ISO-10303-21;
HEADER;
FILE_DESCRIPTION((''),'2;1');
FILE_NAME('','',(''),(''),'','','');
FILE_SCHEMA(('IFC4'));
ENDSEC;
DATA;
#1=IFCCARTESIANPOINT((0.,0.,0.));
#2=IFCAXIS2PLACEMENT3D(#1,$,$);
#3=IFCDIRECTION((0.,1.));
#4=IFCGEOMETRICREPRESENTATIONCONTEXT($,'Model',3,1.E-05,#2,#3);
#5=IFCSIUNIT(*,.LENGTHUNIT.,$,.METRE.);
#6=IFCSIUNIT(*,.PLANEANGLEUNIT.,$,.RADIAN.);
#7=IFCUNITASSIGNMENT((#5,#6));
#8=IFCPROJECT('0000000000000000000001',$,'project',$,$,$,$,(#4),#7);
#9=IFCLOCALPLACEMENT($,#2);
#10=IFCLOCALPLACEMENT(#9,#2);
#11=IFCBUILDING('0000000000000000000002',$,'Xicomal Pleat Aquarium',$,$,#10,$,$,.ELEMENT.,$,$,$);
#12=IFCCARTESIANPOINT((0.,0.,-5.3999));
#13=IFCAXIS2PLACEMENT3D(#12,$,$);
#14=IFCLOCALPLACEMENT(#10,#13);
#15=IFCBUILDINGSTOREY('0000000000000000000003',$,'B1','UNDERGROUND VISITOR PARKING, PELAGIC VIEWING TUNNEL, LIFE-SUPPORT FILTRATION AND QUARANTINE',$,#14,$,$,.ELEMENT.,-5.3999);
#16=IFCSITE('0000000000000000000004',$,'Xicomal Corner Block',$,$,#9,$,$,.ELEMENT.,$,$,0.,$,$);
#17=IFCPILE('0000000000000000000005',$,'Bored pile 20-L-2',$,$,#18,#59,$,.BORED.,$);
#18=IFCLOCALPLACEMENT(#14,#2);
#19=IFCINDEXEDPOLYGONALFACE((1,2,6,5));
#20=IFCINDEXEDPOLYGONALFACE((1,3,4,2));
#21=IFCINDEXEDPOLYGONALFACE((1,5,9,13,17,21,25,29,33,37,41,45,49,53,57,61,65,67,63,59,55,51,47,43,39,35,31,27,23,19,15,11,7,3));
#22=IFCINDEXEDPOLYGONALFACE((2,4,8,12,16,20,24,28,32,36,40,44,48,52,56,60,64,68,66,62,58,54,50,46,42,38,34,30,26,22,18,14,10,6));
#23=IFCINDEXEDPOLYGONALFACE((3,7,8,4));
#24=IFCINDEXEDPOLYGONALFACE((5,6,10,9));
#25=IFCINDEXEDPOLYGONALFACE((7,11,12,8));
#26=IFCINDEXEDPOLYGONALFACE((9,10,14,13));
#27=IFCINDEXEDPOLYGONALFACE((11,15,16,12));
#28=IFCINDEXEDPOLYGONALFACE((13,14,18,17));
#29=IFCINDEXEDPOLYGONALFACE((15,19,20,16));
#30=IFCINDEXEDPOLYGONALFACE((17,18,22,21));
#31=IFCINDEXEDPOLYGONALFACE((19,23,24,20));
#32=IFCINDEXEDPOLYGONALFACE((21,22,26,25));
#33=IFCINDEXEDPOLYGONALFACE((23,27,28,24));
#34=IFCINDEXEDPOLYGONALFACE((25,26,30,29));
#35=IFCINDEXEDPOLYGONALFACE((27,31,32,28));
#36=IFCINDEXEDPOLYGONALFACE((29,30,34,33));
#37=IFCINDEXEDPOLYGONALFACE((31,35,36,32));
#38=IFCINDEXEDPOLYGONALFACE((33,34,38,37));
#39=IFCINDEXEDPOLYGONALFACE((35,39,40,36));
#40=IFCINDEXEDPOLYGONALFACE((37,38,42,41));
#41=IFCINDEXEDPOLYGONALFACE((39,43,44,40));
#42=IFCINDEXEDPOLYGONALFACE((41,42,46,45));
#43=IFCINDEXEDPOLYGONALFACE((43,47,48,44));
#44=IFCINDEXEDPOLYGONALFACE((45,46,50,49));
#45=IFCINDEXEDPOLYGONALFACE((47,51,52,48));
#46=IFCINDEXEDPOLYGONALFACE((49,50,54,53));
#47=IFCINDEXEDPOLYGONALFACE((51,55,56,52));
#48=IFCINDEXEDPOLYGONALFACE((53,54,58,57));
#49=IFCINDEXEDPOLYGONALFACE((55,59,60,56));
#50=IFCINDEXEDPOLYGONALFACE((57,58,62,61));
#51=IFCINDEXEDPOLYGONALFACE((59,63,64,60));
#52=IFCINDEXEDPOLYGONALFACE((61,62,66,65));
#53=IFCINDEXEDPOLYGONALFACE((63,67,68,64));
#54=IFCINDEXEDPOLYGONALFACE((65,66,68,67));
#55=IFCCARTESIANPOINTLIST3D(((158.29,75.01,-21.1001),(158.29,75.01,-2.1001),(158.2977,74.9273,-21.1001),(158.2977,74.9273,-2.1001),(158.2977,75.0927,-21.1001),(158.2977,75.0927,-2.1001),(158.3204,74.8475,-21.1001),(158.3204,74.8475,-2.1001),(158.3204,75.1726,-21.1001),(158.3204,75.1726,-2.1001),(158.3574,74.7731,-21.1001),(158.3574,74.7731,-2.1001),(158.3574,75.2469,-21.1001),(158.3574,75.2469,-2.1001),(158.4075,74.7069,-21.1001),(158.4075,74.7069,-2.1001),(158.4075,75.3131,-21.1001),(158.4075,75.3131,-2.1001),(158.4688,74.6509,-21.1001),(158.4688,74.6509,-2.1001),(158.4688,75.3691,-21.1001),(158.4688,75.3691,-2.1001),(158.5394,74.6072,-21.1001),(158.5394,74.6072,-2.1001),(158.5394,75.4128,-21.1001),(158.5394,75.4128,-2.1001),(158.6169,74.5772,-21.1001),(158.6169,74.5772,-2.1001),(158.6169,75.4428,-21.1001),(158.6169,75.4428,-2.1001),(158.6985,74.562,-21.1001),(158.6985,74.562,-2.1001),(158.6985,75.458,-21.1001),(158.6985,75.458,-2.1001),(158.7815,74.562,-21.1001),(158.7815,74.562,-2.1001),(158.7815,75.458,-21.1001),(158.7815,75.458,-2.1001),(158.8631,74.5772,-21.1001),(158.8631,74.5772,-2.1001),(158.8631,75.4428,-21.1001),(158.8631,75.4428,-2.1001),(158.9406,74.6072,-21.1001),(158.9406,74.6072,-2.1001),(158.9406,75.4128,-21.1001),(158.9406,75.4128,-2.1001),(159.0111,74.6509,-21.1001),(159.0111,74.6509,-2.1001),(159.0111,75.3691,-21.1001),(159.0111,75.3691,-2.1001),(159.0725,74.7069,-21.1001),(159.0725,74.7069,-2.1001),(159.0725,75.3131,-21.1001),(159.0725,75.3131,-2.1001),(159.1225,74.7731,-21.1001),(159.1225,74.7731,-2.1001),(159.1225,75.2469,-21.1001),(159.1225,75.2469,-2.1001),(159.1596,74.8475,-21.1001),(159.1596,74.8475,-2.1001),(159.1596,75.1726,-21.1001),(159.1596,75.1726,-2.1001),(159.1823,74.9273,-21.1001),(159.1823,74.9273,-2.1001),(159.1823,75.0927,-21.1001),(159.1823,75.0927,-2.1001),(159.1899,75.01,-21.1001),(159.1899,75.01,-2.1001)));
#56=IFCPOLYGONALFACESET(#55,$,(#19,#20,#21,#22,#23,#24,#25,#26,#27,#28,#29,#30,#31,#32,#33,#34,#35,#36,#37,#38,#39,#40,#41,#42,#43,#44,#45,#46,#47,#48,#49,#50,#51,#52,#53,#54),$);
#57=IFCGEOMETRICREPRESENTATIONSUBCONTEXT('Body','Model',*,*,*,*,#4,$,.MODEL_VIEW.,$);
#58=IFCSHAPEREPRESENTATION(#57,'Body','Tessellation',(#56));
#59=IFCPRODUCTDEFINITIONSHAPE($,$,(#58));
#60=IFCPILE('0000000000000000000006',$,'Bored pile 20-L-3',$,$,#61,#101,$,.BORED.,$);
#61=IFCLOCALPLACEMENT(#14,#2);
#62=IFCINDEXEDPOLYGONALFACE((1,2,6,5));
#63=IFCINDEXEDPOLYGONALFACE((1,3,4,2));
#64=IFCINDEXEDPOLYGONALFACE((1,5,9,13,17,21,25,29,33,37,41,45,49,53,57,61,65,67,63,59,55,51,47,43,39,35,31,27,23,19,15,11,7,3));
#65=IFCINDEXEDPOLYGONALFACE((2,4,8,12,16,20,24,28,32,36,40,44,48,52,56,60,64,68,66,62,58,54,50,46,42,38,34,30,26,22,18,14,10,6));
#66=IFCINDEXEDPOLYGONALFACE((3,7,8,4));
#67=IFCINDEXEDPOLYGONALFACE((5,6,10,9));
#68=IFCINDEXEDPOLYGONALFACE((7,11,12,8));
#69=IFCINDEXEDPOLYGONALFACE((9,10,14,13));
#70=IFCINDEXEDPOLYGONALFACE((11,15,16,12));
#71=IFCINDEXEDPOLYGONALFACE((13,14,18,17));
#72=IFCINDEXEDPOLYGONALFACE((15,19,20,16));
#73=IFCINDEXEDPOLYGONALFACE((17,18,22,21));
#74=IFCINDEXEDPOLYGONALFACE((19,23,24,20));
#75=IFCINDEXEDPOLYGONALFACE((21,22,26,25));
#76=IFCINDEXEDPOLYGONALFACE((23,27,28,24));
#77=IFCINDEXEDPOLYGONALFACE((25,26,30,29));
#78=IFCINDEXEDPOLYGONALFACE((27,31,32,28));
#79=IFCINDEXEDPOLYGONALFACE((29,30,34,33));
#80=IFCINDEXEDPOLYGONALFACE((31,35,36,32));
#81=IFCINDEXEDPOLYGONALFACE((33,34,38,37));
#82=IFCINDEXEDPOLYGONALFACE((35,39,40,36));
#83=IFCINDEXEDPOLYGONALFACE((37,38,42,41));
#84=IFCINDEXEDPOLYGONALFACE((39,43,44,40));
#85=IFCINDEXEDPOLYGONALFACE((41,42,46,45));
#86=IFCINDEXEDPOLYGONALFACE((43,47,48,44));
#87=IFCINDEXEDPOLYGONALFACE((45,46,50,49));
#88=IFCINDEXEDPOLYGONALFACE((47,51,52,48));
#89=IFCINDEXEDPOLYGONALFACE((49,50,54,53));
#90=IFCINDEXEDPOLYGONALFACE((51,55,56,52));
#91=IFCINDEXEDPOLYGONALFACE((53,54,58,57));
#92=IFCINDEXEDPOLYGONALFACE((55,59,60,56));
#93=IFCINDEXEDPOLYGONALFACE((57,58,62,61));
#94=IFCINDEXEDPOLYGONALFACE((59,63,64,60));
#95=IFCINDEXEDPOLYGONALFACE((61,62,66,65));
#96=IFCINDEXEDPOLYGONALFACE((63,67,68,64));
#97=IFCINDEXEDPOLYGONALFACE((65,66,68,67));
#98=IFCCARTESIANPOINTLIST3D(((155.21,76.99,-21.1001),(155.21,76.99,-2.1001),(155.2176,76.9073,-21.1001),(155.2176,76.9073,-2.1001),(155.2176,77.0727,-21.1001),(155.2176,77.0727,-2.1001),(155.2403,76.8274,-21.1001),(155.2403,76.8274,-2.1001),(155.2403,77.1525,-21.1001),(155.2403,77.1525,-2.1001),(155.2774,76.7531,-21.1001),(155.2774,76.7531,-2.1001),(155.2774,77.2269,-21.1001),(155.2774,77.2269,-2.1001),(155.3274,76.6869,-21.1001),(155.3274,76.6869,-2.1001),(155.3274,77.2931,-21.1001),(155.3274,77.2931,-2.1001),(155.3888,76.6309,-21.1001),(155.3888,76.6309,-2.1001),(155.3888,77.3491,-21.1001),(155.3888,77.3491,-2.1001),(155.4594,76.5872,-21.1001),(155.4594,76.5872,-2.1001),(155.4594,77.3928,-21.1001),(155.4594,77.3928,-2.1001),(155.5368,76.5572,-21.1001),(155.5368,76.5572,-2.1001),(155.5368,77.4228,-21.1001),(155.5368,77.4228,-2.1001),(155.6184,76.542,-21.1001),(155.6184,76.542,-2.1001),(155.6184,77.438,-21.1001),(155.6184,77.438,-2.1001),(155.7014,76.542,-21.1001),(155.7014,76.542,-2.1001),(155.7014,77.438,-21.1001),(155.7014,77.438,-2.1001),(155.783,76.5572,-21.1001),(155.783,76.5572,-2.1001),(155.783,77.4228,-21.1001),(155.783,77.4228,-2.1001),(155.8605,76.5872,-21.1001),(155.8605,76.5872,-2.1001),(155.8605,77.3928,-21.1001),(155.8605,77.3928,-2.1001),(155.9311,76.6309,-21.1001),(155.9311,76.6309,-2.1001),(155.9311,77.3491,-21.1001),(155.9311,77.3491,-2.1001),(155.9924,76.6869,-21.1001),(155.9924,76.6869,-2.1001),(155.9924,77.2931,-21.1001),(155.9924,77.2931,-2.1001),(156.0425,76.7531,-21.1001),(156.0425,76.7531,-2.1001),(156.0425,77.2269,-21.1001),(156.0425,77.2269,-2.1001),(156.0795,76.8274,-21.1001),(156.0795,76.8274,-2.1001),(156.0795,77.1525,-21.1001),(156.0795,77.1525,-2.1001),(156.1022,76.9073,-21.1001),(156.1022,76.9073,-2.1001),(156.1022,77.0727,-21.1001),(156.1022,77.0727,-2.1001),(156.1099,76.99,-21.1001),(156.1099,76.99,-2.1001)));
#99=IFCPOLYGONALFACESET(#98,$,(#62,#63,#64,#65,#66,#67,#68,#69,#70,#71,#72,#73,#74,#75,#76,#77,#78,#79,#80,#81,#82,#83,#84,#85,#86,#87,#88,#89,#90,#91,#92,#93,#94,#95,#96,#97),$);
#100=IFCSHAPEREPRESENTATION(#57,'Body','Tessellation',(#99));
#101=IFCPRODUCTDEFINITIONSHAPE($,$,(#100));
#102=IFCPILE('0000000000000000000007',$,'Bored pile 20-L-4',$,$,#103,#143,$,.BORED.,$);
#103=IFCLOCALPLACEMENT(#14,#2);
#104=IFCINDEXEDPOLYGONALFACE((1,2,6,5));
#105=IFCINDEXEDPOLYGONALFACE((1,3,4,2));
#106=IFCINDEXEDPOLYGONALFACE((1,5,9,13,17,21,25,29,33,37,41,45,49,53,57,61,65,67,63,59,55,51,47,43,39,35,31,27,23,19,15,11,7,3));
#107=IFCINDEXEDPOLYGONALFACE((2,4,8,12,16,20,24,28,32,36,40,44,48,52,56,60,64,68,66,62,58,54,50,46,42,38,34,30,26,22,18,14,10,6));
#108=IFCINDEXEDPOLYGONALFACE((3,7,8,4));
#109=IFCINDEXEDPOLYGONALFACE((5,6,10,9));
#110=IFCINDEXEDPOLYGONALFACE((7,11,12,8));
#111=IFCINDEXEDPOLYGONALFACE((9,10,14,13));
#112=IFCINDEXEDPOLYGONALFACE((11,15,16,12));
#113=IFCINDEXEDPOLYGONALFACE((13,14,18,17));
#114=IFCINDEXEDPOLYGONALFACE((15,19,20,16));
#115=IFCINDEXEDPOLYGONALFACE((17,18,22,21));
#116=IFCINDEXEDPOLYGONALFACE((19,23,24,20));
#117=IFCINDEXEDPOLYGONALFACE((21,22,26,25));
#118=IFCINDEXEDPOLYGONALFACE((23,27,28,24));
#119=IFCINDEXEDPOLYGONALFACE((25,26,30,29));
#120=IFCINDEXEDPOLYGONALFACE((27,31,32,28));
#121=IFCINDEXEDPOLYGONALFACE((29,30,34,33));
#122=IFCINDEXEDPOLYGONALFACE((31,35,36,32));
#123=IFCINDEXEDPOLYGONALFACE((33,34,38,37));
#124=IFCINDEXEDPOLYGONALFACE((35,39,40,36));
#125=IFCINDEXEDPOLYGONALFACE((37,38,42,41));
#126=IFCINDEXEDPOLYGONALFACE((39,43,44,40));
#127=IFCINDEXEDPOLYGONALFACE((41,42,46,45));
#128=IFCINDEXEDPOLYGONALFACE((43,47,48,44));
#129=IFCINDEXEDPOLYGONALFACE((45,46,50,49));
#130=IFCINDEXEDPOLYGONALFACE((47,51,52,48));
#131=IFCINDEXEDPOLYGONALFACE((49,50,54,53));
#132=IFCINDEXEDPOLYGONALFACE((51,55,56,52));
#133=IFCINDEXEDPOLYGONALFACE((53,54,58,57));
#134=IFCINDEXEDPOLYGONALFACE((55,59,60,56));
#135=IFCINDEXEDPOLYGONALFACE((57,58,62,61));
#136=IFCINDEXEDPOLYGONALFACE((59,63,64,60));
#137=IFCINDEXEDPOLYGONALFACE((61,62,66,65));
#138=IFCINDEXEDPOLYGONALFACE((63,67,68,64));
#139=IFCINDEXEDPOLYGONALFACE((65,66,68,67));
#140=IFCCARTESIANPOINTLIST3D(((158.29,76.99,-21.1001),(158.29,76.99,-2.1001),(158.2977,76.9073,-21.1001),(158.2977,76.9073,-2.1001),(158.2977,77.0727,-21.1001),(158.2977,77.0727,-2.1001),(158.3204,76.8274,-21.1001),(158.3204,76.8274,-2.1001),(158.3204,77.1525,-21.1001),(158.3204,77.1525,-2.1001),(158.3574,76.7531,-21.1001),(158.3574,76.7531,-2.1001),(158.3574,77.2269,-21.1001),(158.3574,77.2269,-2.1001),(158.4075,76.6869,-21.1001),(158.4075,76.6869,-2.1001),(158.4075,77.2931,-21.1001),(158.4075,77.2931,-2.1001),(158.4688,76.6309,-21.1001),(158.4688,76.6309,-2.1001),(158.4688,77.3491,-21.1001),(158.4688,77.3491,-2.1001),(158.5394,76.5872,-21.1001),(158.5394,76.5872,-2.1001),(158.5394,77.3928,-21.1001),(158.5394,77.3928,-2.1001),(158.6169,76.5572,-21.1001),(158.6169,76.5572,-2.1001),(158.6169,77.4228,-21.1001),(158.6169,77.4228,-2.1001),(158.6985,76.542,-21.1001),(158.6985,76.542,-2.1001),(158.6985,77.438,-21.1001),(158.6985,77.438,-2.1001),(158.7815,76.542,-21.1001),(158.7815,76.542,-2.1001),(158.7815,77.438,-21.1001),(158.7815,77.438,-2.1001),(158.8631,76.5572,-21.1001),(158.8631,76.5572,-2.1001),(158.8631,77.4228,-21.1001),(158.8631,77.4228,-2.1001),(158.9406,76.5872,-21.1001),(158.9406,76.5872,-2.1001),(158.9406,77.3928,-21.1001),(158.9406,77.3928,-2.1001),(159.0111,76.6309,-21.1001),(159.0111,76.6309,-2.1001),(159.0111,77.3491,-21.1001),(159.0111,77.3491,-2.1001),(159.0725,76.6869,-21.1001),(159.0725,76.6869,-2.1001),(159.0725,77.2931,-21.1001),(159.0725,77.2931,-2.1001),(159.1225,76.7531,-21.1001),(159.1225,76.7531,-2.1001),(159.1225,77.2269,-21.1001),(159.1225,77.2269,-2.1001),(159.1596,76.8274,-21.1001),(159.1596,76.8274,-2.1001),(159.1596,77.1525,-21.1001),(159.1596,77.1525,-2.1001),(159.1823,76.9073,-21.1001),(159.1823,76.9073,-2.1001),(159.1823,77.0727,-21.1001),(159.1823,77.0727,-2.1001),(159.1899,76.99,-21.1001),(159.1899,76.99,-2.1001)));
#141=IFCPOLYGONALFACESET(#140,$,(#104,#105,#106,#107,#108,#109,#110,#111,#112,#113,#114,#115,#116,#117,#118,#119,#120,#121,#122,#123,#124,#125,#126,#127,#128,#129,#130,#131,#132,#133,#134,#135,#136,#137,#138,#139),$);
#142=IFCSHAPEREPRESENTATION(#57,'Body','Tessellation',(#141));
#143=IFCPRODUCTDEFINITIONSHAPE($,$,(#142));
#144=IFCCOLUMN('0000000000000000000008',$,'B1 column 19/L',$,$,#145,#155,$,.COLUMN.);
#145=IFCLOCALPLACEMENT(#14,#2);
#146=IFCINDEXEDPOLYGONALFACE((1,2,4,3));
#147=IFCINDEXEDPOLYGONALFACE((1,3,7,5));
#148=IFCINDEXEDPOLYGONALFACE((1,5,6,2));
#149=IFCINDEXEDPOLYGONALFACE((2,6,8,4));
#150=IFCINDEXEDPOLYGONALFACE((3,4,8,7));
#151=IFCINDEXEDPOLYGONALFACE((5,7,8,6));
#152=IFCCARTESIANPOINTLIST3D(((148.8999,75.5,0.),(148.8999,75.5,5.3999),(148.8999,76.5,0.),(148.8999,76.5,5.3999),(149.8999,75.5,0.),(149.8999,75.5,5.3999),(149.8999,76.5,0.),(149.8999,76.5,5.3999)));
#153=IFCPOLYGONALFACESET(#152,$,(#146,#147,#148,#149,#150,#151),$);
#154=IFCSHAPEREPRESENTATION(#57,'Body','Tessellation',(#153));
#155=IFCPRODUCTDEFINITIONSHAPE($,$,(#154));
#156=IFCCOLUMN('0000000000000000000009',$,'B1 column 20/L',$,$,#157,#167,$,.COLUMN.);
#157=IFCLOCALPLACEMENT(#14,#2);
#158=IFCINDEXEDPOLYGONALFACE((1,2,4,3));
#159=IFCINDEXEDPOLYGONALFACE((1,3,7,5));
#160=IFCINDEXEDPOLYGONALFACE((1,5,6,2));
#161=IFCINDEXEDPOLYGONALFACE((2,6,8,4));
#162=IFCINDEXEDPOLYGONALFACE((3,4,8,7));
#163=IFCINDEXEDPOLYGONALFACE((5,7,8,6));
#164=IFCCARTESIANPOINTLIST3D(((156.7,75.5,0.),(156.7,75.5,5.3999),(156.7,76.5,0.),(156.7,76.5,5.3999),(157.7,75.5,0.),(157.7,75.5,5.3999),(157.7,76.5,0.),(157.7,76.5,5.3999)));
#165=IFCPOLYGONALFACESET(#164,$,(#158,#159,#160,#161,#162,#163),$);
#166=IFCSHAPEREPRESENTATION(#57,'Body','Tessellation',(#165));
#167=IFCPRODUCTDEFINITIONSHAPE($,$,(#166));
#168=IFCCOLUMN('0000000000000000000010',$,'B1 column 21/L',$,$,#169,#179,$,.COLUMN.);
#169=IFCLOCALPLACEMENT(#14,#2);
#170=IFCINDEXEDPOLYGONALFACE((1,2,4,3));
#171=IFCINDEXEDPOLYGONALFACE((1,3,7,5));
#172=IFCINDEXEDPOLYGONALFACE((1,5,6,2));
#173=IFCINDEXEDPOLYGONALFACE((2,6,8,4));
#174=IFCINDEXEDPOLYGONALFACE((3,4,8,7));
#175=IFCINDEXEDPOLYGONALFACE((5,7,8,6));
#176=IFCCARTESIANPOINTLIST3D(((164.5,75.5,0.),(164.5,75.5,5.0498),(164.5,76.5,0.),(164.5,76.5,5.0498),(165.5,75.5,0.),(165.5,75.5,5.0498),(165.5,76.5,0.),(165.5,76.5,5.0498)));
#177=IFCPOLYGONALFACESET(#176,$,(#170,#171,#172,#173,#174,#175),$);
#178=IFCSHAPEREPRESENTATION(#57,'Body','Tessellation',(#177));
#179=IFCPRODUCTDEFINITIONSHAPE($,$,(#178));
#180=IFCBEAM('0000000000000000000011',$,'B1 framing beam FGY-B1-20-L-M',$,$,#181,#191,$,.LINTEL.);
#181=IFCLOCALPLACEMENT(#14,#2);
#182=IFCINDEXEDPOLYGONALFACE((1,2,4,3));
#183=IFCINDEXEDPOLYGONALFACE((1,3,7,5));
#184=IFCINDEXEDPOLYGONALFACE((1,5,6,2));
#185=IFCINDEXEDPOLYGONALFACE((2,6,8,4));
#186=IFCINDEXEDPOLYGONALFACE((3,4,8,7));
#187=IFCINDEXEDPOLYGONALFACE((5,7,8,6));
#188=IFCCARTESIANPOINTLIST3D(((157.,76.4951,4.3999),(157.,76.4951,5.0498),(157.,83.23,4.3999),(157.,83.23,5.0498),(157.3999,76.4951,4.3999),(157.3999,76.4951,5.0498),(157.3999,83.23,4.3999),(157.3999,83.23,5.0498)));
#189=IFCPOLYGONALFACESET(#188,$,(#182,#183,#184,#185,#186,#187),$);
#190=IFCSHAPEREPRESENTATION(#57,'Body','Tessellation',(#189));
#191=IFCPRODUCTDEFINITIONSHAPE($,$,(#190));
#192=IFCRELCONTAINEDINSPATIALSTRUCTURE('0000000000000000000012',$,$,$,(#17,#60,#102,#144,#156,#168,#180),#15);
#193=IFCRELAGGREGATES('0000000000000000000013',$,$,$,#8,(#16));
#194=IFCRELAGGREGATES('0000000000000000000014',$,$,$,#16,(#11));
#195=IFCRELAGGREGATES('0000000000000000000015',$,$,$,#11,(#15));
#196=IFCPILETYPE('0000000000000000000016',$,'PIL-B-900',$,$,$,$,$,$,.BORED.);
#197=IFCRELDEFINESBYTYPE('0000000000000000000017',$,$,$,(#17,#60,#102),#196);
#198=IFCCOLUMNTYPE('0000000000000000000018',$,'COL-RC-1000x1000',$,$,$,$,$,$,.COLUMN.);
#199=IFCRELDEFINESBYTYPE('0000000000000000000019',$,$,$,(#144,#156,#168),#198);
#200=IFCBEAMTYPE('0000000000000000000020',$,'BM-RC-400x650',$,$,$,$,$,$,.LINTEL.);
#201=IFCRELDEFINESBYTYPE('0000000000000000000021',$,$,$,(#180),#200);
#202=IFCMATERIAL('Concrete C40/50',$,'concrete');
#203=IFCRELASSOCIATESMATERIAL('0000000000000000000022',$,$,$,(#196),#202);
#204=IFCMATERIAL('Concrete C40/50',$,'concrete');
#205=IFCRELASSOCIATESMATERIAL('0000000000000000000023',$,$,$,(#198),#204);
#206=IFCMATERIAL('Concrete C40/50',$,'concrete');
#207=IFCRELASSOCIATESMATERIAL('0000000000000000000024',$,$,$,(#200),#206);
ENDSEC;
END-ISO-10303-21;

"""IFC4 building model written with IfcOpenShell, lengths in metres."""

from ifc_helpers import new_model, si_unit, direction, frame, origin, origin_2d, place, context, subcontext, project, spatial, rectangle, circle, extrude, material, material_profile, profile_set, type_object, element, save


model = new_model("IFC4")

# Units and contexts
model_context = context("Model", 3, precision=1e-05, world=origin(), true_north=direction((0.0, 1.0)))
body_context = subcontext(model_context, "Body", "Model", "MODEL_VIEW")
ifc_project = project(units=[si_unit("LENGTHUNIT", "METRE"), si_unit("PLANEANGLEUNIT", "RADIAN")], contexts=[model_context])

# Site, building, storey
site_placement = place(None, origin())
site = spatial("IfcSite", under=ifc_project, at=site_placement, Name="Xicomal Corner Block", CompositionType="ELEMENT", RefElevation=0.0)
building_placement = place(site_placement, origin())
building = spatial("IfcBuilding", under=site, at=building_placement, Name="Xicomal Pleat Aquarium", CompositionType="ELEMENT")
storey_placement = place(building_placement, frame((0.0, 0.0, -5.3999)))
storey = spatial("IfcBuildingStorey", under=building, at=storey_placement, Name="B1", Description="UNDERGROUND VISITOR PARKING, PELAGIC VIEWING TUNNEL, LIFE-SUPPORT FILTRATION AND QUARANTINE", CompositionType="ELEMENT", Elevation=-5.3999)

# Piles
ifc_material_1 = material(Name="Concrete C40/50", Category="concrete")
ifc_material_profile_1 = material_profile(ifc_material_1, circle(Radius=0.45, at=origin_2d()), Name="BORED PILE D900")
ifc_profile_set_1 = profile_set([ifc_material_profile_1], Name="Concrete C40/50")
pile_type_1 = type_object("IfcPileType", Name="PIL-B-900", PredefinedType="BORED", material=ifc_profile_set_1)
for number, where, z_axis, x_axis, name in (
    (1, (158.74, 75.01, -2.1001), (0.0, 0.0, -1.0), (1.0, 0.0, 0.0), "Bored pile 20-L-2"),
    (2, (155.6599, 76.99, -2.1001), (0.0, 0.0, -1.0), (1.0, 0.0, 0.0), "Bored pile 20-L-3"),
    (3, (158.74, 76.99, -2.1001), (0.0, 0.0, -1.0), (1.0, 0.0, 0.0), "Bored pile 20-L-4"),
):
    element("IfcPile", number, at=place(storey_placement, frame(where, z_axis=z_axis, x_axis=x_axis)), inside=storey, type_object=pile_type_1, Name=name, PredefinedType="BORED", context=body_context, shape_type="SweptSolid", body=[
        extrude(circle(Radius=0.45, at=origin_2d()), origin(), (0.0, 0.0, 1.0), 19.0),
    ])

# Columns
ifc_material_2 = material(Name="Concrete C40/50", Category="concrete")
ifc_material_profile_2 = material_profile(ifc_material_2, rectangle(XDim=1.0, YDim=1.0, at=origin_2d()), Name="RC 1000x1000")
ifc_profile_set_2 = profile_set([ifc_material_profile_2], Name="Concrete C40/50")
column_type = type_object("IfcColumnType", Name="COL-RC-1000x1000", PredefinedType="COLUMN", material=ifc_profile_set_2)
for number, where, z_axis, x_axis, name in (
    (4, (149.3999, 76.0, 0.0), (0.0, 0.0, 1.0), (1.0, 0.0, 0.0), "B1 column 19/L"),
    (5, (157.2, 76.0, 0.0), (0.0, 0.0, 1.0), (1.0, 0.0, 0.0), "B1 column 20/L"),
):
    element("IfcColumn", number, at=place(storey_placement, frame(where, z_axis=z_axis, x_axis=x_axis)), inside=storey, type_object=column_type, Name=name, PredefinedType="COLUMN", context=body_context, shape_type="SweptSolid", body=[
        extrude(rectangle(XDim=1.0, YDim=1.0, at=origin_2d()), origin(), (0.0, 0.0, 1.0), 5.3999),
    ])
column_placement = place(storey_placement, frame((165.0, 76.0, 0.0), z_axis=(0.0, 0.0, 1.0), x_axis=(1.0, 0.0, 0.0)))
element("IfcColumn", 6, at=column_placement, inside=storey, type_object=column_type, Name="B1 column 21/L", PredefinedType="COLUMN", context=body_context, shape_type="SweptSolid", body=[
    extrude(rectangle(XDim=1.0, YDim=1.0, at=origin_2d()), origin(), (0.0, 0.0, 1.0), 5.0498),
])

# Beam
ifc_material_3 = material(Name="Concrete C40/50", Category="concrete")
ifc_material_profile_3 = material_profile(ifc_material_3, rectangle(XDim=0.3999, YDim=0.6499, at=origin_2d()), Name="RC 400x650")
ifc_profile_set_3 = profile_set([ifc_material_profile_3], Name="Concrete C40/50")
beam_type_1 = type_object("IfcBeamType", Name="BM-RC-400x650", PredefinedType="LINTEL", material=ifc_profile_set_3)
beam_1_placement = place(storey_placement, frame((157.2, 76.4951, 4.7249), z_axis=(0.0, 1.0, 0.0), x_axis=(-1.0, 0.0, 0.0)))
element("IfcBeam", 7, at=beam_1_placement, inside=storey, type_object=beam_type_1, Name="B1 framing beam FGY-B1-20-L-M", PredefinedType="LINTEL", context=body_context, shape_type="SweptSolid", body=[
    extrude(rectangle(XDim=0.3999, YDim=0.6499, at=origin_2d()), origin(), (0.0, 0.0, 1.0), 6.7349),
])

save(model, "model.ifc")
